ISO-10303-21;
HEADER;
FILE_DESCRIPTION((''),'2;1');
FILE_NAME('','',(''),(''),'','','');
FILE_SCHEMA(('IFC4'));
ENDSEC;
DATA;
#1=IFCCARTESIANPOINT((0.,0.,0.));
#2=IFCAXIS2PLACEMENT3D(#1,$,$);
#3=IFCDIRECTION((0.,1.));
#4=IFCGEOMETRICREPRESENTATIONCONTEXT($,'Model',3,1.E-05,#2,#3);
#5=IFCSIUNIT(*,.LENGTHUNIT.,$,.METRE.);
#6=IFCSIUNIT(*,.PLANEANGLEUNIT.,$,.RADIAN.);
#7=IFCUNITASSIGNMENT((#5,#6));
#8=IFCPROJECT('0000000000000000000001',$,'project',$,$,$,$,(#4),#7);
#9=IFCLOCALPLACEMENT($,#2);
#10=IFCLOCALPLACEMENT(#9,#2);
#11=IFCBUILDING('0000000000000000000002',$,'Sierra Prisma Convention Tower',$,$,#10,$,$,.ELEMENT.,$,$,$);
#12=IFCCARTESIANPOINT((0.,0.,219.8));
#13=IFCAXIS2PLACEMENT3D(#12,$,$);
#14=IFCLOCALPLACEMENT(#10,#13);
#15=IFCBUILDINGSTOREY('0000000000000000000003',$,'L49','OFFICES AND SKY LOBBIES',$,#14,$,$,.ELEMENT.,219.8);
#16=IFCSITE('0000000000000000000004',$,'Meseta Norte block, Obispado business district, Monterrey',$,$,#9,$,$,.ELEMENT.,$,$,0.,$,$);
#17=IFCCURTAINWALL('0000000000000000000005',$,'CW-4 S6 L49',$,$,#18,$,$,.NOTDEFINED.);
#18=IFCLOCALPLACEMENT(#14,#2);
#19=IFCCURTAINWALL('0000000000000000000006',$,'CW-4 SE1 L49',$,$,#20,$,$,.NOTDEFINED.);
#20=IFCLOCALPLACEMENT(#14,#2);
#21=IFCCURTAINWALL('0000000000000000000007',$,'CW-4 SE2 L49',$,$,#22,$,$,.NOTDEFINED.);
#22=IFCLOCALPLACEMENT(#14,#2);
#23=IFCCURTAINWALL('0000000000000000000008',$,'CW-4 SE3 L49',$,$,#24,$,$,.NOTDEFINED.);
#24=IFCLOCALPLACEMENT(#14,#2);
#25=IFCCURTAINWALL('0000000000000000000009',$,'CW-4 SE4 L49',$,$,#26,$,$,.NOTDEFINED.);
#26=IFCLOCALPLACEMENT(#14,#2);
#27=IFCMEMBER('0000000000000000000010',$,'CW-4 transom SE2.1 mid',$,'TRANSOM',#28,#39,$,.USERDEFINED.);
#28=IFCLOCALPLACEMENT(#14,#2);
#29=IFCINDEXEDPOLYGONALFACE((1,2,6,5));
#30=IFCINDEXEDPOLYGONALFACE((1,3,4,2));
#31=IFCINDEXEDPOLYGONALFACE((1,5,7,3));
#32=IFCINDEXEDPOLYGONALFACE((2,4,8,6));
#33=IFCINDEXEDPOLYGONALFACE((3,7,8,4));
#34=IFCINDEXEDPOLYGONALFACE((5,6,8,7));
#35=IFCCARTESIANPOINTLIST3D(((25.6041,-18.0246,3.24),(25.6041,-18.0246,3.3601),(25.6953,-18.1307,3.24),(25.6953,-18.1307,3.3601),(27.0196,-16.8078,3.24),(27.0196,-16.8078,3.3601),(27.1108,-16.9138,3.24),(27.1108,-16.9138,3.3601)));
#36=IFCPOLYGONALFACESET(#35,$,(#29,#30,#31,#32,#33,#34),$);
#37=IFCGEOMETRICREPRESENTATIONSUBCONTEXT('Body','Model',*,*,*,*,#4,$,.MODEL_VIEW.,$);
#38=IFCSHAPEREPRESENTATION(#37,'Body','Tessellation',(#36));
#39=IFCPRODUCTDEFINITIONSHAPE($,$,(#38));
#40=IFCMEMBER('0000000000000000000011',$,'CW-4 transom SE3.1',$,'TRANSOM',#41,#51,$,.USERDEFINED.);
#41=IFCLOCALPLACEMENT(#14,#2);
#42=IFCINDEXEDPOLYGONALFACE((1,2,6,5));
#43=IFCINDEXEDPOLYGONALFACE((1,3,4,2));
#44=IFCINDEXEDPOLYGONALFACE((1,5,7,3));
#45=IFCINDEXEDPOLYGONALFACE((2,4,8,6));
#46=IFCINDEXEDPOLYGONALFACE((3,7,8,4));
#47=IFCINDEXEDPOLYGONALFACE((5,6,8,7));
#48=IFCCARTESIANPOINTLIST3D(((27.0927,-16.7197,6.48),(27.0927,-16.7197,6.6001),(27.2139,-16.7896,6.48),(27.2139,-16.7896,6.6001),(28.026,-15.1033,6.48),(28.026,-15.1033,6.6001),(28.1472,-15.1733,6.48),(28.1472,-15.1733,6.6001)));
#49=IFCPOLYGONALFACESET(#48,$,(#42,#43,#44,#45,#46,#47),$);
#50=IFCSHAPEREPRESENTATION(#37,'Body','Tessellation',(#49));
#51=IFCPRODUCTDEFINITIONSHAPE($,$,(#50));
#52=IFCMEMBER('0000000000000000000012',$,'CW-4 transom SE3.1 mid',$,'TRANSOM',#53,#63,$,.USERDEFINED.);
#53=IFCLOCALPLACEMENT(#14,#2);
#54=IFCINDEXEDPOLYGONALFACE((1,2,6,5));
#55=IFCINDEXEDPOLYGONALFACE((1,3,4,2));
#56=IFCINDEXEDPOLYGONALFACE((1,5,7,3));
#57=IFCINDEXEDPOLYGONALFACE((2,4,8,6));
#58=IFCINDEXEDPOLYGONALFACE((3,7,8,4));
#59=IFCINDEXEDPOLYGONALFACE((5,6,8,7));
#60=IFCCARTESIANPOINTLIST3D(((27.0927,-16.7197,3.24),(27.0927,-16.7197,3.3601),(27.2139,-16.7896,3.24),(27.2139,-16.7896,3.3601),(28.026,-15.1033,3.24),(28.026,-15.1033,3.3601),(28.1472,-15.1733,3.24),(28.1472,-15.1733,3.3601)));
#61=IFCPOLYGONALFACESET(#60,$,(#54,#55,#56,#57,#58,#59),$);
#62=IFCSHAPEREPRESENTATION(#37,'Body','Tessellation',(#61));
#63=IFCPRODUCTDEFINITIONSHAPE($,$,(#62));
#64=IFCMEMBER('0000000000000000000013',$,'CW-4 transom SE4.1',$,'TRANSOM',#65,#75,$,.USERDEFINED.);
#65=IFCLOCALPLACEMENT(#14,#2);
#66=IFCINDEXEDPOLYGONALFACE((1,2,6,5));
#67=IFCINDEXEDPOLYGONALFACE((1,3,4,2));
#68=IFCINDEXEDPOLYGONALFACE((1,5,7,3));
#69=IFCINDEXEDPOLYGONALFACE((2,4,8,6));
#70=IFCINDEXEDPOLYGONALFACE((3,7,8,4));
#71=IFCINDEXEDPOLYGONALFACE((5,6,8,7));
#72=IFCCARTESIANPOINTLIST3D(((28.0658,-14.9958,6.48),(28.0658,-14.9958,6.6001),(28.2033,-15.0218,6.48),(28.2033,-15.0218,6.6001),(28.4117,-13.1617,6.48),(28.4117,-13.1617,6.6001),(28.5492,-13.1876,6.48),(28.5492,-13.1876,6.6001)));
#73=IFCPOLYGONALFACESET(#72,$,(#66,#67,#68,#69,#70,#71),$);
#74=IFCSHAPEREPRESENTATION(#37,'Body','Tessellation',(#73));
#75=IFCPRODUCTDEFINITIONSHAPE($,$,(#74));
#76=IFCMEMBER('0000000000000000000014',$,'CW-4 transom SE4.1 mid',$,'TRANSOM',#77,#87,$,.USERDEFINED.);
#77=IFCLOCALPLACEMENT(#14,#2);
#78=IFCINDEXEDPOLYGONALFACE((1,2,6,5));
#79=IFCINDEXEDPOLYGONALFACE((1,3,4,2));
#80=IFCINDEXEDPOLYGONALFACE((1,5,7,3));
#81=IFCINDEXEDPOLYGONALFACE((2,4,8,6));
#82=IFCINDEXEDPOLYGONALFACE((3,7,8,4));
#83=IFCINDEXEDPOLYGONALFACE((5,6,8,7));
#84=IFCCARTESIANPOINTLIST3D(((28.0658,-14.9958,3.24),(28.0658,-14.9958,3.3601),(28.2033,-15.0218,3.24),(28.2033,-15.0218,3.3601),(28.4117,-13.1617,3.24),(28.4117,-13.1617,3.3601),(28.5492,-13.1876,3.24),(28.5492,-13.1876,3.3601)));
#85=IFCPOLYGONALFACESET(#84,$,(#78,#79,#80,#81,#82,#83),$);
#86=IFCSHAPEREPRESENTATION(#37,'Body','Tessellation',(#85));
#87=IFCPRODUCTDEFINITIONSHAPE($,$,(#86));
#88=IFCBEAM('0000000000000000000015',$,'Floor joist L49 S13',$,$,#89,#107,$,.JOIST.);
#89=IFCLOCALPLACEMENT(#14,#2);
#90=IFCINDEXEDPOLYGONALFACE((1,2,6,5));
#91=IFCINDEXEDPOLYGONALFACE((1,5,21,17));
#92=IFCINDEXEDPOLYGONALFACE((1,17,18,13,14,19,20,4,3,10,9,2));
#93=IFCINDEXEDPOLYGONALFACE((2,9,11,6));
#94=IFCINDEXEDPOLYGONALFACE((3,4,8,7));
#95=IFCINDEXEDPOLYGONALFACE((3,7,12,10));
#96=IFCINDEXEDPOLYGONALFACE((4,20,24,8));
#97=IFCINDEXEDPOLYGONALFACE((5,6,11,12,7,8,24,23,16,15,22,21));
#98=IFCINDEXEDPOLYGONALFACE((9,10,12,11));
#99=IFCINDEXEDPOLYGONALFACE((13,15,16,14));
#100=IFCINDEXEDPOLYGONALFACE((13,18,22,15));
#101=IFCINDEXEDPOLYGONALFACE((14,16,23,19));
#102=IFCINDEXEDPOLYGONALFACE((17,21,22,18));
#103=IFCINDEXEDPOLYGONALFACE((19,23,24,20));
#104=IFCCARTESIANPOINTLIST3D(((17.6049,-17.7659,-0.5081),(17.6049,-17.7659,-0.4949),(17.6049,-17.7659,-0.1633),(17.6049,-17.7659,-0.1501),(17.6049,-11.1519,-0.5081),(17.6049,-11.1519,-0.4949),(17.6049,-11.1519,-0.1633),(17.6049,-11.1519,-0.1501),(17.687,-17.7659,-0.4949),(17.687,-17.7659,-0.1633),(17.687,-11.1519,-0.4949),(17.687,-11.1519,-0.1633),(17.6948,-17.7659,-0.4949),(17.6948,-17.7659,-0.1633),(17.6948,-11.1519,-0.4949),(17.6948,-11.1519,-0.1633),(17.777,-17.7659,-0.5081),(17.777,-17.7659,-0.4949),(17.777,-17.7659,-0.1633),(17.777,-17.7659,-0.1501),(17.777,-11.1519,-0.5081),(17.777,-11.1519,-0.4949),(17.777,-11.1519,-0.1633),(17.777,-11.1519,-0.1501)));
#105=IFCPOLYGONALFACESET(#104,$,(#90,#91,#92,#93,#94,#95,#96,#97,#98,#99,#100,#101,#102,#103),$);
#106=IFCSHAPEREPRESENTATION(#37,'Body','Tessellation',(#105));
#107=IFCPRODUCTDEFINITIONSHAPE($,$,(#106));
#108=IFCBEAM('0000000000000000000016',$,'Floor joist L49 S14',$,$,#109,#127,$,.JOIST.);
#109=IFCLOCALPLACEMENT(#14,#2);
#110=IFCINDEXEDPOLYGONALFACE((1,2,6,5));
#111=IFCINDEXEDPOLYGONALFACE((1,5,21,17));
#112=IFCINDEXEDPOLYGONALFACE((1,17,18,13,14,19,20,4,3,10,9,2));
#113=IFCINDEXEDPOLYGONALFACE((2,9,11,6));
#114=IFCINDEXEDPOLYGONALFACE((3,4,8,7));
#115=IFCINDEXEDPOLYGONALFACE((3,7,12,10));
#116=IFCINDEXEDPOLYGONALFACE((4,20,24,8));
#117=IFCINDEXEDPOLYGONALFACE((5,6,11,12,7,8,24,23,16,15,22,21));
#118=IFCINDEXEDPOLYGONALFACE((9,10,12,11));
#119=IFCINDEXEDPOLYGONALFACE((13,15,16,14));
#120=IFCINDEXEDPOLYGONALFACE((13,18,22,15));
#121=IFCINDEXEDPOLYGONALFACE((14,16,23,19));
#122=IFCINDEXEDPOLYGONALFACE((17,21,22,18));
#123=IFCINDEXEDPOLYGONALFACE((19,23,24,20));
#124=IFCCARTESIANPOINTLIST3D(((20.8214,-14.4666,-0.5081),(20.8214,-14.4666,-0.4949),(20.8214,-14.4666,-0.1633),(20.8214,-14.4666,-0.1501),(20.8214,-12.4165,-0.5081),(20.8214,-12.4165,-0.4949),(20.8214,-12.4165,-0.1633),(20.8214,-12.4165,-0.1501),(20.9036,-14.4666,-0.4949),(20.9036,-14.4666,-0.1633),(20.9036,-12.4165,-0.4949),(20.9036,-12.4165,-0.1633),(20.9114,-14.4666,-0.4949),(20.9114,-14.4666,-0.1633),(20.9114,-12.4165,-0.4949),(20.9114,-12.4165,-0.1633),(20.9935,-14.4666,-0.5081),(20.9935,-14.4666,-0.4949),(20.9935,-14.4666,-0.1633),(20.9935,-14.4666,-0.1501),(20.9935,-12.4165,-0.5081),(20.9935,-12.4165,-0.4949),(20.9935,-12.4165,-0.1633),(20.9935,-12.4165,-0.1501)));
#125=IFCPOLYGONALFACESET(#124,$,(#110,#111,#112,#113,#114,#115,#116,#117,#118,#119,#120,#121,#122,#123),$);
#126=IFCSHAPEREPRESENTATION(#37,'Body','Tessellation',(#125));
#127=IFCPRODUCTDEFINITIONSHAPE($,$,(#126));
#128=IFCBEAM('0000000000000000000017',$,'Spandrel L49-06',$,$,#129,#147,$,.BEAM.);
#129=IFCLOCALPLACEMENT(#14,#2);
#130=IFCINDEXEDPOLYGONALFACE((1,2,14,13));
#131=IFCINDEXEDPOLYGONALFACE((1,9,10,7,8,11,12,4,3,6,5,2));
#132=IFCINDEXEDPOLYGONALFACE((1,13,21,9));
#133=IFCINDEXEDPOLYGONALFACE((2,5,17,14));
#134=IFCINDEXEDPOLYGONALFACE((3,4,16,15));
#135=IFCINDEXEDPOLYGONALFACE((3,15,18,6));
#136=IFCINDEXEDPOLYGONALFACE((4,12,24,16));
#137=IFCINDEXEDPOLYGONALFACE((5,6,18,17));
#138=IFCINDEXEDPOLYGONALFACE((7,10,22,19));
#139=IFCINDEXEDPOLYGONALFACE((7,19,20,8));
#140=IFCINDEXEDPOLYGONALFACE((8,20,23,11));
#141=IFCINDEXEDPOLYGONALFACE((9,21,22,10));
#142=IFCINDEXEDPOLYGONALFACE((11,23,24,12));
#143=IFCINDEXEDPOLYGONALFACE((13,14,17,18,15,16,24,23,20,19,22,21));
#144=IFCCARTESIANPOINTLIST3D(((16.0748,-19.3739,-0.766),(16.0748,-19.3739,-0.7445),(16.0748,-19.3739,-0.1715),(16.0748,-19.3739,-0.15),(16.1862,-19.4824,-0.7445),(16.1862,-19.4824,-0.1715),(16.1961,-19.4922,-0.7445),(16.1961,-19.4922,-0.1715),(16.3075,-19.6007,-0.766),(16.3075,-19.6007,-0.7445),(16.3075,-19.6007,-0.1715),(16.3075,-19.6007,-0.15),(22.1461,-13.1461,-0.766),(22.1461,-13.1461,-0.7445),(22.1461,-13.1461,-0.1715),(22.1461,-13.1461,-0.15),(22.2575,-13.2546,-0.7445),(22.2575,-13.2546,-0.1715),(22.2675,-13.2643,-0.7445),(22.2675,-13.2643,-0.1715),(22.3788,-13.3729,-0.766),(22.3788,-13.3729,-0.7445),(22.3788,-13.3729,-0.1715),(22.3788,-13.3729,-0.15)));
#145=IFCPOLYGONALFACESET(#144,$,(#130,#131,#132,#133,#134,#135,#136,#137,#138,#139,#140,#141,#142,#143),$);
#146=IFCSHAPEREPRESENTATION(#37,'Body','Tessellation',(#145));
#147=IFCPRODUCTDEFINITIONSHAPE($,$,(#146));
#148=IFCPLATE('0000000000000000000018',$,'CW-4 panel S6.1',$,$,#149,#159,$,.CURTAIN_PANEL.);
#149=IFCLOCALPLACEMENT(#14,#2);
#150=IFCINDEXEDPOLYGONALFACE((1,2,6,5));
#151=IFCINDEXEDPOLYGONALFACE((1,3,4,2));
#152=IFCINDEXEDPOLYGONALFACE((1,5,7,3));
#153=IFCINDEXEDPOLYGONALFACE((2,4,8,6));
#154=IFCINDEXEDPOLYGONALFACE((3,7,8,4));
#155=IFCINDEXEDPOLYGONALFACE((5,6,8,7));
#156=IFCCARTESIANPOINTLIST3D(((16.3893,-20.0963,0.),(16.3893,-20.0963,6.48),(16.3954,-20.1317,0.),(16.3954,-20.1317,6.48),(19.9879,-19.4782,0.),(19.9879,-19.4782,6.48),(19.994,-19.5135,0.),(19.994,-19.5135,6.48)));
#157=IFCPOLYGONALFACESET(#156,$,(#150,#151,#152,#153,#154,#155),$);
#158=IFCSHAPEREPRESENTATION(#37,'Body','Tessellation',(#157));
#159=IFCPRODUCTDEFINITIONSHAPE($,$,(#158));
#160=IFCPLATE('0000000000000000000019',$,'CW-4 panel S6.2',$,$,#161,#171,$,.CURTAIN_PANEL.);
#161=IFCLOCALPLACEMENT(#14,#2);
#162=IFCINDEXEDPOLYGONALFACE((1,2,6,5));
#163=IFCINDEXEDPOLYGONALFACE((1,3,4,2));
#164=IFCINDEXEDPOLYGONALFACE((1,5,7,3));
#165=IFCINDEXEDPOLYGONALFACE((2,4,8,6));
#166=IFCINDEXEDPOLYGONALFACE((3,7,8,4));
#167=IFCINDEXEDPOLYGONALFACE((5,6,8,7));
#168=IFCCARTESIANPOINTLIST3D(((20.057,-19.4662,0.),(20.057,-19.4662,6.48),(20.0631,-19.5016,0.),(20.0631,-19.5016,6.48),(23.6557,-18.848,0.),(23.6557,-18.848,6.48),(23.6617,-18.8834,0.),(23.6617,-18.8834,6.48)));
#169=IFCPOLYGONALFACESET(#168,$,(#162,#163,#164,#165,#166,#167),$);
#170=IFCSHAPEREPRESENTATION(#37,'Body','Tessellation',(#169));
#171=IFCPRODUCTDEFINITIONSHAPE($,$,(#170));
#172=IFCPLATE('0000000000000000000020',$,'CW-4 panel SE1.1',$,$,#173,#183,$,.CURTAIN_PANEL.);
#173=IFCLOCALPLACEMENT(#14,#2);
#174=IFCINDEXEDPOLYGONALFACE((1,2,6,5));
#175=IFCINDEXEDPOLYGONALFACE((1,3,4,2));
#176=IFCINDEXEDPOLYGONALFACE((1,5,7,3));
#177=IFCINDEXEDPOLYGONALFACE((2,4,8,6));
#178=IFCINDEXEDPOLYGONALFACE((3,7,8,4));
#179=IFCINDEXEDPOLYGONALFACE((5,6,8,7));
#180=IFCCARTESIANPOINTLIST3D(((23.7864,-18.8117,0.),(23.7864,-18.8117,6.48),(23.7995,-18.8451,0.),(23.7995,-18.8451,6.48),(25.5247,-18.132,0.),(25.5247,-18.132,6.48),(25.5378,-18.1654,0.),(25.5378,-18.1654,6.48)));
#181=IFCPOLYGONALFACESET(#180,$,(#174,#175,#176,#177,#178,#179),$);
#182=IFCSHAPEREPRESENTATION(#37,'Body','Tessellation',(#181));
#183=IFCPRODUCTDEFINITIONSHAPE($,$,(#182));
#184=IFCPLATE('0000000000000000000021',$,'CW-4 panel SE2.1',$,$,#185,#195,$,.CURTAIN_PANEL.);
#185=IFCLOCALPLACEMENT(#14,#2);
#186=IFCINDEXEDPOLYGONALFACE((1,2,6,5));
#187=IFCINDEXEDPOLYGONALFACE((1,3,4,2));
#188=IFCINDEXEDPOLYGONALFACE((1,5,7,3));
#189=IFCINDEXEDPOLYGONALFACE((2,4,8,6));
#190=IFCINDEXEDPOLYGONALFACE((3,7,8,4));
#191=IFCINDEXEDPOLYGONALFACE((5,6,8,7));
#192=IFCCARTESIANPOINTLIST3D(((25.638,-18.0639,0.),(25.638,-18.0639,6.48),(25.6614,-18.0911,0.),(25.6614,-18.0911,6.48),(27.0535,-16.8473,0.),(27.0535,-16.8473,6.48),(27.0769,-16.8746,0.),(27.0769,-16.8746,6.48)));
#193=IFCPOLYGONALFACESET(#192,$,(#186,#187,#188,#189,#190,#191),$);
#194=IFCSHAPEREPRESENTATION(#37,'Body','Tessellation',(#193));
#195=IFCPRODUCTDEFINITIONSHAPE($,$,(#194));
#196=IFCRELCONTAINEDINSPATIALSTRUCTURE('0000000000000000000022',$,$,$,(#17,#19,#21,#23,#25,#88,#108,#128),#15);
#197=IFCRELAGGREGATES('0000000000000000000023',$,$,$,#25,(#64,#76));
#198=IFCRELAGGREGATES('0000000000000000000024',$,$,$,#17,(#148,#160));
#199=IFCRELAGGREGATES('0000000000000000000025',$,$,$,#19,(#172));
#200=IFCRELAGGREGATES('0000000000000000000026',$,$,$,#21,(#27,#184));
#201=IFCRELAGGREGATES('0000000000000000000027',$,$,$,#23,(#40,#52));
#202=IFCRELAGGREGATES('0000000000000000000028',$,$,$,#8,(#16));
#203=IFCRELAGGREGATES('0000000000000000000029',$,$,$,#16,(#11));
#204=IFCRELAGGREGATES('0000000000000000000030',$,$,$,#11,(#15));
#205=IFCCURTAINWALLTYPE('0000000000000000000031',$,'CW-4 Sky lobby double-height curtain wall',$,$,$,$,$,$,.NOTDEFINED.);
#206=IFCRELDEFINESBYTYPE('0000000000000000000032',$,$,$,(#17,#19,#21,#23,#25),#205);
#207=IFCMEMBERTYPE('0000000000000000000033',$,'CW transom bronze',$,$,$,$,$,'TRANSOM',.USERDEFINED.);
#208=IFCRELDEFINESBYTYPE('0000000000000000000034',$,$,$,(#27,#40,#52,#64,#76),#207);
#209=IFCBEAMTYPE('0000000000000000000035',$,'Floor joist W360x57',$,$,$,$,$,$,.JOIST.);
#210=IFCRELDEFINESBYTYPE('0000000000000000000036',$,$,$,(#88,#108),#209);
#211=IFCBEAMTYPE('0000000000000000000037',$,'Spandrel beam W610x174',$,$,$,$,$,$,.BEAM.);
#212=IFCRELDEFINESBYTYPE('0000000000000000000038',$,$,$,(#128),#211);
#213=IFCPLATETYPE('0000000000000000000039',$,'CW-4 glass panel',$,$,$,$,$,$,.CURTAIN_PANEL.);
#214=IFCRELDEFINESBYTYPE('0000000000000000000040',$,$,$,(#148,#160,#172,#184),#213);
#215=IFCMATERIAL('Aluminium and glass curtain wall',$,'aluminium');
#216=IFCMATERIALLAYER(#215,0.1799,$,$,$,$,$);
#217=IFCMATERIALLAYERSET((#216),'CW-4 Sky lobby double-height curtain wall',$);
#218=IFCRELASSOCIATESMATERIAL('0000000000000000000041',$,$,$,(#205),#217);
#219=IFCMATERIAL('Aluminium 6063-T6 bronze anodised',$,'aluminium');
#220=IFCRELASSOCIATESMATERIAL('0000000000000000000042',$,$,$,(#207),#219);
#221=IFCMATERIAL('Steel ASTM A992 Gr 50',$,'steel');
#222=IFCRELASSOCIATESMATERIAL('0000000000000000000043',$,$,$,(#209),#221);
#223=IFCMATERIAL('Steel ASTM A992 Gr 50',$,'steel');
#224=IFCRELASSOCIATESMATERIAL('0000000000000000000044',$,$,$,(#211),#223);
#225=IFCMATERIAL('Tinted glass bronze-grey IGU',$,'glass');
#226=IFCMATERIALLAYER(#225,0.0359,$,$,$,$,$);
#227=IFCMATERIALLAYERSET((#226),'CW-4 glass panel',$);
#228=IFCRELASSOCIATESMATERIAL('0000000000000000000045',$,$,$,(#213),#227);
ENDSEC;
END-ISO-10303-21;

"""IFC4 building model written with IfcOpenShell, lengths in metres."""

from ifc_helpers import new_model, si_unit, direction, frame, origin, origin_2d, place, context, subcontext, project, spatial, rectangle, i_section, extrude, material, layer, layer_set, material_profile, profile_set, type_object, element, aggregate, save


model = new_model("IFC4")

# Units and contexts
model_context = context("Model", 3, precision=1e-05, world=origin(), true_north=direction((0.0, 1.0)))
body_context = subcontext(model_context, "Body", "Model", "MODEL_VIEW")
ifc_project = project(units=[si_unit("LENGTHUNIT", "METRE"), si_unit("PLANEANGLEUNIT", "RADIAN")], contexts=[model_context])

# Site, building, storey
site_placement = place(None, origin())
site = spatial("IfcSite", under=ifc_project, at=site_placement, Name="Meseta Norte block, Obispado business district, Monterrey", CompositionType="ELEMENT", RefElevation=0.0)
building_placement = place(site_placement, origin())
building = spatial("IfcBuilding", under=site, at=building_placement, Name="Sierra Prisma Convention Tower", CompositionType="ELEMENT")
storey_placement = place(building_placement, frame((0.0, 0.0, 219.8)))
storey = spatial("IfcBuildingStorey", under=building, at=storey_placement, Name="L49", Description="OFFICES AND SKY LOBBIES", CompositionType="ELEMENT", Elevation=219.8)

# Curtain walls
ifc_material_1 = material(Name="Aluminium and glass curtain wall", Category="aluminium")
ifc_layer_1 = layer(ifc_material_1, 0.1799)
ifc_layer_set_1 = layer_set([ifc_layer_1], Name="CW-4 Sky lobby double-height curtain wall")
curtain_wall_type = type_object("IfcCurtainWallType", Name="CW-4 Sky lobby double-height curtain wall", PredefinedType="NOTDEFINED", material=ifc_layer_set_1)
curtain_wall_1_placement = place(storey_placement, origin())
curtain_wall_1 = element("IfcCurtainWall", 1, at=curtain_wall_1_placement, inside=storey, type_object=curtain_wall_type, Name="CW-4 S6 L49", PredefinedType="NOTDEFINED")
curtain_wall_2_placement = place(storey_placement, origin())
curtain_wall_2 = element("IfcCurtainWall", 2, at=curtain_wall_2_placement, inside=storey, type_object=curtain_wall_type, Name="CW-4 SE1 L49", PredefinedType="NOTDEFINED")
curtain_wall_3_placement = place(storey_placement, origin())
curtain_wall_3 = element("IfcCurtainWall", 3, at=curtain_wall_3_placement, inside=storey, type_object=curtain_wall_type, Name="CW-4 SE2 L49", PredefinedType="NOTDEFINED")
curtain_wall_4_placement = place(storey_placement, origin())
curtain_wall_4 = element("IfcCurtainWall", 4, at=curtain_wall_4_placement, inside=storey, type_object=curtain_wall_type, Name="CW-4 SE3 L49", PredefinedType="NOTDEFINED")
curtain_wall_5_placement = place(storey_placement, origin())
curtain_wall_5 = element("IfcCurtainWall", 5, at=curtain_wall_5_placement, inside=storey, type_object=curtain_wall_type, Name="CW-4 SE4 L49", PredefinedType="NOTDEFINED")

# Members
ifc_material_2 = material(Name="Aluminium 6063-T6 bronze anodised", Category="aluminium")
ifc_material_profile_1 = material_profile(ifc_material_2, rectangle(XDim=0.1399, YDim=0.1201, at=origin_2d()), Name="ALU TRANSOM 120x140")
ifc_profile_set_1 = profile_set([ifc_material_profile_1], Name="Aluminium 6063-T6 bronze anodised")
member_type_1 = type_object("IfcMemberType", Name="CW transom bronze", ElementType="TRANSOM", PredefinedType="USERDEFINED", material=ifc_profile_set_1)
member_1_placement = place(storey_placement, frame((25.6497, -18.0776, 3.3), z_axis=(0.758333, 0.651868, 0.0), x_axis=(-0.651868, 0.758333, 0.0)))
member_1 = element("IfcMember", 6, at=member_1_placement, type_object=member_type_1, Name="CW-4 transom SE2.1 mid", ObjectType="TRANSOM", PredefinedType="USERDEFINED", context=body_context, shape_type="SweptSolid", body=[
    extrude(rectangle(XDim=0.1399, YDim=0.1201, at=origin_2d()), origin(), (0.0, 0.0, 1.0), 1.8667),
])
member_2_placement = place(storey_placement, frame((27.1533, -16.7546, 6.54), z_axis=(0.500036, 0.866005, 0.0), x_axis=(-0.866005, 0.500036, 0.0)))
member_2 = element("IfcMember", 7, at=member_2_placement, type_object=member_type_1, Name="CW-4 transom SE3.1", ObjectType="TRANSOM", PredefinedType="USERDEFINED", context=body_context, shape_type="SweptSolid", body=[
    extrude(rectangle(XDim=0.1399, YDim=0.1201, at=origin_2d()), origin(), (0.0, 0.0, 1.0), 1.8665),
])
member_3_placement = place(storey_placement, frame((27.1533, -16.7546, 3.3), z_axis=(0.500036, 0.866005, 0.0), x_axis=(-0.866005, 0.500036, 0.0)))
member_3 = element("IfcMember", 8, at=member_3_placement, type_object=member_type_1, Name="CW-4 transom SE3.1 mid", ObjectType="TRANSOM", PredefinedType="USERDEFINED", context=body_context, shape_type="SweptSolid", body=[
    extrude(rectangle(XDim=0.1399, YDim=0.1201, at=origin_2d()), origin(), (0.0, 0.0, 1.0), 1.8665),
])
member_4_placement = place(storey_placement, frame((28.1345, -15.0088, 6.54), z_axis=(0.185339, 0.982675, 0.0), x_axis=(-0.982675, 0.185339, 0.0)))
member_4 = element("IfcMember", 9, at=member_4_placement, type_object=member_type_1, Name="CW-4 transom SE4.1", ObjectType="TRANSOM", PredefinedType="USERDEFINED", context=body_context, shape_type="SweptSolid", body=[
    extrude(rectangle(XDim=0.1399, YDim=0.1201, at=origin_2d()), origin(), (0.0, 0.0, 1.0), 1.8665),
])
member_5_placement = place(storey_placement, frame((28.1345, -15.0088, 3.3), z_axis=(0.185339, 0.982675, 0.0), x_axis=(-0.982675, 0.185339, 0.0)))
member_5 = element("IfcMember", 10, at=member_5_placement, type_object=member_type_1, Name="CW-4 transom SE4.1 mid", ObjectType="TRANSOM", PredefinedType="USERDEFINED", context=body_context, shape_type="SweptSolid", body=[
    extrude(rectangle(XDim=0.1399, YDim=0.1201, at=origin_2d()), origin(), (0.0, 0.0, 1.0), 1.8665),
])
aggregate(curtain_wall_5, [member_4, member_5])

# Beams
ifc_material_3 = material(Name="Steel ASTM A992 Gr 50", Category="steel")
ifc_material_profile_2 = material_profile(ifc_material_3, i_section(OverallWidth=0.1721, OverallDepth=0.3579, WebThickness=0.0078, FlangeThickness=0.0132, at=origin_2d()), Name="W360x57")
ifc_profile_set_2 = profile_set([ifc_material_profile_2], Name="Steel ASTM A992 Gr 50")
beam_type_1 = type_object("IfcBeamType", Name="Floor joist W360x57", PredefinedType="JOIST", material=ifc_profile_set_2)
beam_1_placement = place(storey_placement, frame((17.6909, -17.7659, -0.3291), z_axis=(0.0, 1.0, 0.0), x_axis=(-1.0, 0.0, 0.0)))
element("IfcBeam", 11, at=beam_1_placement, inside=storey, type_object=beam_type_1, Name="Floor joist L49 S13", PredefinedType="JOIST", context=body_context, shape_type="SweptSolid", body=[
    extrude(i_section(OverallWidth=0.1721, OverallDepth=0.3579, WebThickness=0.0078, FlangeThickness=0.0132, at=origin_2d()), origin(), (0.0, 0.0, 1.0), 6.614),
])
beam_2_placement = place(storey_placement, frame((20.9075, -14.4666, -0.3291), z_axis=(0.0, 1.0, 0.0), x_axis=(-1.0, 0.0, 0.0)))
element("IfcBeam", 12, at=beam_2_placement, inside=storey, type_object=beam_type_1, Name="Floor joist L49 S14", PredefinedType="JOIST", context=body_context, shape_type="SweptSolid", body=[
    extrude(i_section(OverallWidth=0.1721, OverallDepth=0.3579, WebThickness=0.0078, FlangeThickness=0.0132, at=origin_2d()), origin(), (0.0, 0.0, 1.0), 2.05),
])
ifc_material_4 = material(Name="Steel ASTM A992 Gr 50", Category="steel")
ifc_material_profile_3 = material_profile(ifc_material_4, i_section(OverallWidth=0.325, OverallDepth=0.616, WebThickness=0.0139, FlangeThickness=0.0215, at=origin_2d()), Name="W610x174")
ifc_profile_set_3 = profile_set([ifc_material_profile_3], Name="Steel ASTM A992 Gr 50")
beam_type_2 = type_object("IfcBeamType", Name="Spandrel beam W610x174", PredefinedType="BEAM", material=ifc_profile_set_3)
beam_3_placement = place(storey_placement, frame((16.1912, -19.4873, -0.458), z_axis=(0.698053, 0.716046, 0.0), x_axis=(-0.716046, 0.698053, 0.0)))
element("IfcBeam", 13, at=beam_3_placement, inside=storey, type_object=beam_type_2, Name="Spandrel L49-06", PredefinedType="BEAM", context=body_context, shape_type="SweptSolid", body=[
    extrude(i_section(OverallWidth=0.325, OverallDepth=0.616, WebThickness=0.0139, FlangeThickness=0.0215, at=origin_2d()), origin(), (0.0, 0.0, 1.0), 8.6975),
])

# Plates
ifc_material_5 = material(Name="Tinted glass bronze-grey IGU", Category="glass")
ifc_layer_2 = layer(ifc_material_5, 0.0359)
ifc_layer_set_2 = layer_set([ifc_layer_2], Name="CW-4 glass panel")
plate_type = type_object("IfcPlateType", Name="CW-4 glass panel", PredefinedType="CURTAIN_PANEL", material=ifc_layer_set_2)
plate_1_placement = place(storey_placement, frame((18.1917, -19.8049, 0.0), z_axis=(0.0, 0.0, 1.0), x_axis=(0.985565, 0.169297, 0.0)))
plate_1 = element("IfcPlate", 14, at=plate_1_placement, type_object=plate_type, Name="CW-4 panel S6.1", PredefinedType="CURTAIN_PANEL", context=body_context, shape_type="SweptSolid", body=[
    extrude(rectangle(XDim=3.6514, YDim=0.0359, at=origin_2d()), origin(), (0.0, 0.0, 1.0), 6.48),
])
plate_2_placement = place(storey_placement, frame((21.8594, -19.1748, 0.0), z_axis=(0.0, 0.0, 1.0), x_axis=(0.985565, 0.169297, 0.0)))
plate_2 = element("IfcPlate", 15, at=plate_2_placement, type_object=plate_type, Name="CW-4 panel S6.2", PredefinedType="CURTAIN_PANEL", context=body_context, shape_type="SweptSolid", body=[
    extrude(rectangle(XDim=3.6514, YDim=0.0359, at=origin_2d()), origin(), (0.0, 0.0, 1.0), 6.48),
])
aggregate(curtain_wall_1, [plate_1, plate_2])
plate_3_placement = place(storey_placement, frame((24.6621, -18.4885, 0.0), z_axis=(0.0, 0.0, 1.0), x_axis=(0.931329, 0.36418, 0.0)))
plate_3 = element("IfcPlate", 16, at=plate_3_placement, type_object=plate_type, Name="CW-4 panel SE1.1", PredefinedType="CURTAIN_PANEL", context=body_context, shape_type="SweptSolid", body=[
    extrude(rectangle(XDim=1.8665, YDim=0.0359, at=origin_2d()), origin(), (0.0, 0.0, 1.0), 6.48),
])
aggregate(curtain_wall_2, [plate_3])
plate_4_placement = place(storey_placement, frame((26.3574, -17.4692, 0.0), z_axis=(0.0, 0.0, 1.0), x_axis=(0.758378, 0.651815, 0.0)))
plate_4 = element("IfcPlate", 17, at=plate_4_placement, type_object=plate_type, Name="CW-4 panel SE2.1", PredefinedType="CURTAIN_PANEL", context=body_context, shape_type="SweptSolid", body=[
    extrude(rectangle(XDim=1.8665, YDim=0.0359, at=origin_2d()), origin(), (0.0, 0.0, 1.0), 6.48),
])
aggregate(curtain_wall_3, [member_1, plate_4])
aggregate(curtain_wall_4, [member_2, member_3])

save(model, "model.ifc")
